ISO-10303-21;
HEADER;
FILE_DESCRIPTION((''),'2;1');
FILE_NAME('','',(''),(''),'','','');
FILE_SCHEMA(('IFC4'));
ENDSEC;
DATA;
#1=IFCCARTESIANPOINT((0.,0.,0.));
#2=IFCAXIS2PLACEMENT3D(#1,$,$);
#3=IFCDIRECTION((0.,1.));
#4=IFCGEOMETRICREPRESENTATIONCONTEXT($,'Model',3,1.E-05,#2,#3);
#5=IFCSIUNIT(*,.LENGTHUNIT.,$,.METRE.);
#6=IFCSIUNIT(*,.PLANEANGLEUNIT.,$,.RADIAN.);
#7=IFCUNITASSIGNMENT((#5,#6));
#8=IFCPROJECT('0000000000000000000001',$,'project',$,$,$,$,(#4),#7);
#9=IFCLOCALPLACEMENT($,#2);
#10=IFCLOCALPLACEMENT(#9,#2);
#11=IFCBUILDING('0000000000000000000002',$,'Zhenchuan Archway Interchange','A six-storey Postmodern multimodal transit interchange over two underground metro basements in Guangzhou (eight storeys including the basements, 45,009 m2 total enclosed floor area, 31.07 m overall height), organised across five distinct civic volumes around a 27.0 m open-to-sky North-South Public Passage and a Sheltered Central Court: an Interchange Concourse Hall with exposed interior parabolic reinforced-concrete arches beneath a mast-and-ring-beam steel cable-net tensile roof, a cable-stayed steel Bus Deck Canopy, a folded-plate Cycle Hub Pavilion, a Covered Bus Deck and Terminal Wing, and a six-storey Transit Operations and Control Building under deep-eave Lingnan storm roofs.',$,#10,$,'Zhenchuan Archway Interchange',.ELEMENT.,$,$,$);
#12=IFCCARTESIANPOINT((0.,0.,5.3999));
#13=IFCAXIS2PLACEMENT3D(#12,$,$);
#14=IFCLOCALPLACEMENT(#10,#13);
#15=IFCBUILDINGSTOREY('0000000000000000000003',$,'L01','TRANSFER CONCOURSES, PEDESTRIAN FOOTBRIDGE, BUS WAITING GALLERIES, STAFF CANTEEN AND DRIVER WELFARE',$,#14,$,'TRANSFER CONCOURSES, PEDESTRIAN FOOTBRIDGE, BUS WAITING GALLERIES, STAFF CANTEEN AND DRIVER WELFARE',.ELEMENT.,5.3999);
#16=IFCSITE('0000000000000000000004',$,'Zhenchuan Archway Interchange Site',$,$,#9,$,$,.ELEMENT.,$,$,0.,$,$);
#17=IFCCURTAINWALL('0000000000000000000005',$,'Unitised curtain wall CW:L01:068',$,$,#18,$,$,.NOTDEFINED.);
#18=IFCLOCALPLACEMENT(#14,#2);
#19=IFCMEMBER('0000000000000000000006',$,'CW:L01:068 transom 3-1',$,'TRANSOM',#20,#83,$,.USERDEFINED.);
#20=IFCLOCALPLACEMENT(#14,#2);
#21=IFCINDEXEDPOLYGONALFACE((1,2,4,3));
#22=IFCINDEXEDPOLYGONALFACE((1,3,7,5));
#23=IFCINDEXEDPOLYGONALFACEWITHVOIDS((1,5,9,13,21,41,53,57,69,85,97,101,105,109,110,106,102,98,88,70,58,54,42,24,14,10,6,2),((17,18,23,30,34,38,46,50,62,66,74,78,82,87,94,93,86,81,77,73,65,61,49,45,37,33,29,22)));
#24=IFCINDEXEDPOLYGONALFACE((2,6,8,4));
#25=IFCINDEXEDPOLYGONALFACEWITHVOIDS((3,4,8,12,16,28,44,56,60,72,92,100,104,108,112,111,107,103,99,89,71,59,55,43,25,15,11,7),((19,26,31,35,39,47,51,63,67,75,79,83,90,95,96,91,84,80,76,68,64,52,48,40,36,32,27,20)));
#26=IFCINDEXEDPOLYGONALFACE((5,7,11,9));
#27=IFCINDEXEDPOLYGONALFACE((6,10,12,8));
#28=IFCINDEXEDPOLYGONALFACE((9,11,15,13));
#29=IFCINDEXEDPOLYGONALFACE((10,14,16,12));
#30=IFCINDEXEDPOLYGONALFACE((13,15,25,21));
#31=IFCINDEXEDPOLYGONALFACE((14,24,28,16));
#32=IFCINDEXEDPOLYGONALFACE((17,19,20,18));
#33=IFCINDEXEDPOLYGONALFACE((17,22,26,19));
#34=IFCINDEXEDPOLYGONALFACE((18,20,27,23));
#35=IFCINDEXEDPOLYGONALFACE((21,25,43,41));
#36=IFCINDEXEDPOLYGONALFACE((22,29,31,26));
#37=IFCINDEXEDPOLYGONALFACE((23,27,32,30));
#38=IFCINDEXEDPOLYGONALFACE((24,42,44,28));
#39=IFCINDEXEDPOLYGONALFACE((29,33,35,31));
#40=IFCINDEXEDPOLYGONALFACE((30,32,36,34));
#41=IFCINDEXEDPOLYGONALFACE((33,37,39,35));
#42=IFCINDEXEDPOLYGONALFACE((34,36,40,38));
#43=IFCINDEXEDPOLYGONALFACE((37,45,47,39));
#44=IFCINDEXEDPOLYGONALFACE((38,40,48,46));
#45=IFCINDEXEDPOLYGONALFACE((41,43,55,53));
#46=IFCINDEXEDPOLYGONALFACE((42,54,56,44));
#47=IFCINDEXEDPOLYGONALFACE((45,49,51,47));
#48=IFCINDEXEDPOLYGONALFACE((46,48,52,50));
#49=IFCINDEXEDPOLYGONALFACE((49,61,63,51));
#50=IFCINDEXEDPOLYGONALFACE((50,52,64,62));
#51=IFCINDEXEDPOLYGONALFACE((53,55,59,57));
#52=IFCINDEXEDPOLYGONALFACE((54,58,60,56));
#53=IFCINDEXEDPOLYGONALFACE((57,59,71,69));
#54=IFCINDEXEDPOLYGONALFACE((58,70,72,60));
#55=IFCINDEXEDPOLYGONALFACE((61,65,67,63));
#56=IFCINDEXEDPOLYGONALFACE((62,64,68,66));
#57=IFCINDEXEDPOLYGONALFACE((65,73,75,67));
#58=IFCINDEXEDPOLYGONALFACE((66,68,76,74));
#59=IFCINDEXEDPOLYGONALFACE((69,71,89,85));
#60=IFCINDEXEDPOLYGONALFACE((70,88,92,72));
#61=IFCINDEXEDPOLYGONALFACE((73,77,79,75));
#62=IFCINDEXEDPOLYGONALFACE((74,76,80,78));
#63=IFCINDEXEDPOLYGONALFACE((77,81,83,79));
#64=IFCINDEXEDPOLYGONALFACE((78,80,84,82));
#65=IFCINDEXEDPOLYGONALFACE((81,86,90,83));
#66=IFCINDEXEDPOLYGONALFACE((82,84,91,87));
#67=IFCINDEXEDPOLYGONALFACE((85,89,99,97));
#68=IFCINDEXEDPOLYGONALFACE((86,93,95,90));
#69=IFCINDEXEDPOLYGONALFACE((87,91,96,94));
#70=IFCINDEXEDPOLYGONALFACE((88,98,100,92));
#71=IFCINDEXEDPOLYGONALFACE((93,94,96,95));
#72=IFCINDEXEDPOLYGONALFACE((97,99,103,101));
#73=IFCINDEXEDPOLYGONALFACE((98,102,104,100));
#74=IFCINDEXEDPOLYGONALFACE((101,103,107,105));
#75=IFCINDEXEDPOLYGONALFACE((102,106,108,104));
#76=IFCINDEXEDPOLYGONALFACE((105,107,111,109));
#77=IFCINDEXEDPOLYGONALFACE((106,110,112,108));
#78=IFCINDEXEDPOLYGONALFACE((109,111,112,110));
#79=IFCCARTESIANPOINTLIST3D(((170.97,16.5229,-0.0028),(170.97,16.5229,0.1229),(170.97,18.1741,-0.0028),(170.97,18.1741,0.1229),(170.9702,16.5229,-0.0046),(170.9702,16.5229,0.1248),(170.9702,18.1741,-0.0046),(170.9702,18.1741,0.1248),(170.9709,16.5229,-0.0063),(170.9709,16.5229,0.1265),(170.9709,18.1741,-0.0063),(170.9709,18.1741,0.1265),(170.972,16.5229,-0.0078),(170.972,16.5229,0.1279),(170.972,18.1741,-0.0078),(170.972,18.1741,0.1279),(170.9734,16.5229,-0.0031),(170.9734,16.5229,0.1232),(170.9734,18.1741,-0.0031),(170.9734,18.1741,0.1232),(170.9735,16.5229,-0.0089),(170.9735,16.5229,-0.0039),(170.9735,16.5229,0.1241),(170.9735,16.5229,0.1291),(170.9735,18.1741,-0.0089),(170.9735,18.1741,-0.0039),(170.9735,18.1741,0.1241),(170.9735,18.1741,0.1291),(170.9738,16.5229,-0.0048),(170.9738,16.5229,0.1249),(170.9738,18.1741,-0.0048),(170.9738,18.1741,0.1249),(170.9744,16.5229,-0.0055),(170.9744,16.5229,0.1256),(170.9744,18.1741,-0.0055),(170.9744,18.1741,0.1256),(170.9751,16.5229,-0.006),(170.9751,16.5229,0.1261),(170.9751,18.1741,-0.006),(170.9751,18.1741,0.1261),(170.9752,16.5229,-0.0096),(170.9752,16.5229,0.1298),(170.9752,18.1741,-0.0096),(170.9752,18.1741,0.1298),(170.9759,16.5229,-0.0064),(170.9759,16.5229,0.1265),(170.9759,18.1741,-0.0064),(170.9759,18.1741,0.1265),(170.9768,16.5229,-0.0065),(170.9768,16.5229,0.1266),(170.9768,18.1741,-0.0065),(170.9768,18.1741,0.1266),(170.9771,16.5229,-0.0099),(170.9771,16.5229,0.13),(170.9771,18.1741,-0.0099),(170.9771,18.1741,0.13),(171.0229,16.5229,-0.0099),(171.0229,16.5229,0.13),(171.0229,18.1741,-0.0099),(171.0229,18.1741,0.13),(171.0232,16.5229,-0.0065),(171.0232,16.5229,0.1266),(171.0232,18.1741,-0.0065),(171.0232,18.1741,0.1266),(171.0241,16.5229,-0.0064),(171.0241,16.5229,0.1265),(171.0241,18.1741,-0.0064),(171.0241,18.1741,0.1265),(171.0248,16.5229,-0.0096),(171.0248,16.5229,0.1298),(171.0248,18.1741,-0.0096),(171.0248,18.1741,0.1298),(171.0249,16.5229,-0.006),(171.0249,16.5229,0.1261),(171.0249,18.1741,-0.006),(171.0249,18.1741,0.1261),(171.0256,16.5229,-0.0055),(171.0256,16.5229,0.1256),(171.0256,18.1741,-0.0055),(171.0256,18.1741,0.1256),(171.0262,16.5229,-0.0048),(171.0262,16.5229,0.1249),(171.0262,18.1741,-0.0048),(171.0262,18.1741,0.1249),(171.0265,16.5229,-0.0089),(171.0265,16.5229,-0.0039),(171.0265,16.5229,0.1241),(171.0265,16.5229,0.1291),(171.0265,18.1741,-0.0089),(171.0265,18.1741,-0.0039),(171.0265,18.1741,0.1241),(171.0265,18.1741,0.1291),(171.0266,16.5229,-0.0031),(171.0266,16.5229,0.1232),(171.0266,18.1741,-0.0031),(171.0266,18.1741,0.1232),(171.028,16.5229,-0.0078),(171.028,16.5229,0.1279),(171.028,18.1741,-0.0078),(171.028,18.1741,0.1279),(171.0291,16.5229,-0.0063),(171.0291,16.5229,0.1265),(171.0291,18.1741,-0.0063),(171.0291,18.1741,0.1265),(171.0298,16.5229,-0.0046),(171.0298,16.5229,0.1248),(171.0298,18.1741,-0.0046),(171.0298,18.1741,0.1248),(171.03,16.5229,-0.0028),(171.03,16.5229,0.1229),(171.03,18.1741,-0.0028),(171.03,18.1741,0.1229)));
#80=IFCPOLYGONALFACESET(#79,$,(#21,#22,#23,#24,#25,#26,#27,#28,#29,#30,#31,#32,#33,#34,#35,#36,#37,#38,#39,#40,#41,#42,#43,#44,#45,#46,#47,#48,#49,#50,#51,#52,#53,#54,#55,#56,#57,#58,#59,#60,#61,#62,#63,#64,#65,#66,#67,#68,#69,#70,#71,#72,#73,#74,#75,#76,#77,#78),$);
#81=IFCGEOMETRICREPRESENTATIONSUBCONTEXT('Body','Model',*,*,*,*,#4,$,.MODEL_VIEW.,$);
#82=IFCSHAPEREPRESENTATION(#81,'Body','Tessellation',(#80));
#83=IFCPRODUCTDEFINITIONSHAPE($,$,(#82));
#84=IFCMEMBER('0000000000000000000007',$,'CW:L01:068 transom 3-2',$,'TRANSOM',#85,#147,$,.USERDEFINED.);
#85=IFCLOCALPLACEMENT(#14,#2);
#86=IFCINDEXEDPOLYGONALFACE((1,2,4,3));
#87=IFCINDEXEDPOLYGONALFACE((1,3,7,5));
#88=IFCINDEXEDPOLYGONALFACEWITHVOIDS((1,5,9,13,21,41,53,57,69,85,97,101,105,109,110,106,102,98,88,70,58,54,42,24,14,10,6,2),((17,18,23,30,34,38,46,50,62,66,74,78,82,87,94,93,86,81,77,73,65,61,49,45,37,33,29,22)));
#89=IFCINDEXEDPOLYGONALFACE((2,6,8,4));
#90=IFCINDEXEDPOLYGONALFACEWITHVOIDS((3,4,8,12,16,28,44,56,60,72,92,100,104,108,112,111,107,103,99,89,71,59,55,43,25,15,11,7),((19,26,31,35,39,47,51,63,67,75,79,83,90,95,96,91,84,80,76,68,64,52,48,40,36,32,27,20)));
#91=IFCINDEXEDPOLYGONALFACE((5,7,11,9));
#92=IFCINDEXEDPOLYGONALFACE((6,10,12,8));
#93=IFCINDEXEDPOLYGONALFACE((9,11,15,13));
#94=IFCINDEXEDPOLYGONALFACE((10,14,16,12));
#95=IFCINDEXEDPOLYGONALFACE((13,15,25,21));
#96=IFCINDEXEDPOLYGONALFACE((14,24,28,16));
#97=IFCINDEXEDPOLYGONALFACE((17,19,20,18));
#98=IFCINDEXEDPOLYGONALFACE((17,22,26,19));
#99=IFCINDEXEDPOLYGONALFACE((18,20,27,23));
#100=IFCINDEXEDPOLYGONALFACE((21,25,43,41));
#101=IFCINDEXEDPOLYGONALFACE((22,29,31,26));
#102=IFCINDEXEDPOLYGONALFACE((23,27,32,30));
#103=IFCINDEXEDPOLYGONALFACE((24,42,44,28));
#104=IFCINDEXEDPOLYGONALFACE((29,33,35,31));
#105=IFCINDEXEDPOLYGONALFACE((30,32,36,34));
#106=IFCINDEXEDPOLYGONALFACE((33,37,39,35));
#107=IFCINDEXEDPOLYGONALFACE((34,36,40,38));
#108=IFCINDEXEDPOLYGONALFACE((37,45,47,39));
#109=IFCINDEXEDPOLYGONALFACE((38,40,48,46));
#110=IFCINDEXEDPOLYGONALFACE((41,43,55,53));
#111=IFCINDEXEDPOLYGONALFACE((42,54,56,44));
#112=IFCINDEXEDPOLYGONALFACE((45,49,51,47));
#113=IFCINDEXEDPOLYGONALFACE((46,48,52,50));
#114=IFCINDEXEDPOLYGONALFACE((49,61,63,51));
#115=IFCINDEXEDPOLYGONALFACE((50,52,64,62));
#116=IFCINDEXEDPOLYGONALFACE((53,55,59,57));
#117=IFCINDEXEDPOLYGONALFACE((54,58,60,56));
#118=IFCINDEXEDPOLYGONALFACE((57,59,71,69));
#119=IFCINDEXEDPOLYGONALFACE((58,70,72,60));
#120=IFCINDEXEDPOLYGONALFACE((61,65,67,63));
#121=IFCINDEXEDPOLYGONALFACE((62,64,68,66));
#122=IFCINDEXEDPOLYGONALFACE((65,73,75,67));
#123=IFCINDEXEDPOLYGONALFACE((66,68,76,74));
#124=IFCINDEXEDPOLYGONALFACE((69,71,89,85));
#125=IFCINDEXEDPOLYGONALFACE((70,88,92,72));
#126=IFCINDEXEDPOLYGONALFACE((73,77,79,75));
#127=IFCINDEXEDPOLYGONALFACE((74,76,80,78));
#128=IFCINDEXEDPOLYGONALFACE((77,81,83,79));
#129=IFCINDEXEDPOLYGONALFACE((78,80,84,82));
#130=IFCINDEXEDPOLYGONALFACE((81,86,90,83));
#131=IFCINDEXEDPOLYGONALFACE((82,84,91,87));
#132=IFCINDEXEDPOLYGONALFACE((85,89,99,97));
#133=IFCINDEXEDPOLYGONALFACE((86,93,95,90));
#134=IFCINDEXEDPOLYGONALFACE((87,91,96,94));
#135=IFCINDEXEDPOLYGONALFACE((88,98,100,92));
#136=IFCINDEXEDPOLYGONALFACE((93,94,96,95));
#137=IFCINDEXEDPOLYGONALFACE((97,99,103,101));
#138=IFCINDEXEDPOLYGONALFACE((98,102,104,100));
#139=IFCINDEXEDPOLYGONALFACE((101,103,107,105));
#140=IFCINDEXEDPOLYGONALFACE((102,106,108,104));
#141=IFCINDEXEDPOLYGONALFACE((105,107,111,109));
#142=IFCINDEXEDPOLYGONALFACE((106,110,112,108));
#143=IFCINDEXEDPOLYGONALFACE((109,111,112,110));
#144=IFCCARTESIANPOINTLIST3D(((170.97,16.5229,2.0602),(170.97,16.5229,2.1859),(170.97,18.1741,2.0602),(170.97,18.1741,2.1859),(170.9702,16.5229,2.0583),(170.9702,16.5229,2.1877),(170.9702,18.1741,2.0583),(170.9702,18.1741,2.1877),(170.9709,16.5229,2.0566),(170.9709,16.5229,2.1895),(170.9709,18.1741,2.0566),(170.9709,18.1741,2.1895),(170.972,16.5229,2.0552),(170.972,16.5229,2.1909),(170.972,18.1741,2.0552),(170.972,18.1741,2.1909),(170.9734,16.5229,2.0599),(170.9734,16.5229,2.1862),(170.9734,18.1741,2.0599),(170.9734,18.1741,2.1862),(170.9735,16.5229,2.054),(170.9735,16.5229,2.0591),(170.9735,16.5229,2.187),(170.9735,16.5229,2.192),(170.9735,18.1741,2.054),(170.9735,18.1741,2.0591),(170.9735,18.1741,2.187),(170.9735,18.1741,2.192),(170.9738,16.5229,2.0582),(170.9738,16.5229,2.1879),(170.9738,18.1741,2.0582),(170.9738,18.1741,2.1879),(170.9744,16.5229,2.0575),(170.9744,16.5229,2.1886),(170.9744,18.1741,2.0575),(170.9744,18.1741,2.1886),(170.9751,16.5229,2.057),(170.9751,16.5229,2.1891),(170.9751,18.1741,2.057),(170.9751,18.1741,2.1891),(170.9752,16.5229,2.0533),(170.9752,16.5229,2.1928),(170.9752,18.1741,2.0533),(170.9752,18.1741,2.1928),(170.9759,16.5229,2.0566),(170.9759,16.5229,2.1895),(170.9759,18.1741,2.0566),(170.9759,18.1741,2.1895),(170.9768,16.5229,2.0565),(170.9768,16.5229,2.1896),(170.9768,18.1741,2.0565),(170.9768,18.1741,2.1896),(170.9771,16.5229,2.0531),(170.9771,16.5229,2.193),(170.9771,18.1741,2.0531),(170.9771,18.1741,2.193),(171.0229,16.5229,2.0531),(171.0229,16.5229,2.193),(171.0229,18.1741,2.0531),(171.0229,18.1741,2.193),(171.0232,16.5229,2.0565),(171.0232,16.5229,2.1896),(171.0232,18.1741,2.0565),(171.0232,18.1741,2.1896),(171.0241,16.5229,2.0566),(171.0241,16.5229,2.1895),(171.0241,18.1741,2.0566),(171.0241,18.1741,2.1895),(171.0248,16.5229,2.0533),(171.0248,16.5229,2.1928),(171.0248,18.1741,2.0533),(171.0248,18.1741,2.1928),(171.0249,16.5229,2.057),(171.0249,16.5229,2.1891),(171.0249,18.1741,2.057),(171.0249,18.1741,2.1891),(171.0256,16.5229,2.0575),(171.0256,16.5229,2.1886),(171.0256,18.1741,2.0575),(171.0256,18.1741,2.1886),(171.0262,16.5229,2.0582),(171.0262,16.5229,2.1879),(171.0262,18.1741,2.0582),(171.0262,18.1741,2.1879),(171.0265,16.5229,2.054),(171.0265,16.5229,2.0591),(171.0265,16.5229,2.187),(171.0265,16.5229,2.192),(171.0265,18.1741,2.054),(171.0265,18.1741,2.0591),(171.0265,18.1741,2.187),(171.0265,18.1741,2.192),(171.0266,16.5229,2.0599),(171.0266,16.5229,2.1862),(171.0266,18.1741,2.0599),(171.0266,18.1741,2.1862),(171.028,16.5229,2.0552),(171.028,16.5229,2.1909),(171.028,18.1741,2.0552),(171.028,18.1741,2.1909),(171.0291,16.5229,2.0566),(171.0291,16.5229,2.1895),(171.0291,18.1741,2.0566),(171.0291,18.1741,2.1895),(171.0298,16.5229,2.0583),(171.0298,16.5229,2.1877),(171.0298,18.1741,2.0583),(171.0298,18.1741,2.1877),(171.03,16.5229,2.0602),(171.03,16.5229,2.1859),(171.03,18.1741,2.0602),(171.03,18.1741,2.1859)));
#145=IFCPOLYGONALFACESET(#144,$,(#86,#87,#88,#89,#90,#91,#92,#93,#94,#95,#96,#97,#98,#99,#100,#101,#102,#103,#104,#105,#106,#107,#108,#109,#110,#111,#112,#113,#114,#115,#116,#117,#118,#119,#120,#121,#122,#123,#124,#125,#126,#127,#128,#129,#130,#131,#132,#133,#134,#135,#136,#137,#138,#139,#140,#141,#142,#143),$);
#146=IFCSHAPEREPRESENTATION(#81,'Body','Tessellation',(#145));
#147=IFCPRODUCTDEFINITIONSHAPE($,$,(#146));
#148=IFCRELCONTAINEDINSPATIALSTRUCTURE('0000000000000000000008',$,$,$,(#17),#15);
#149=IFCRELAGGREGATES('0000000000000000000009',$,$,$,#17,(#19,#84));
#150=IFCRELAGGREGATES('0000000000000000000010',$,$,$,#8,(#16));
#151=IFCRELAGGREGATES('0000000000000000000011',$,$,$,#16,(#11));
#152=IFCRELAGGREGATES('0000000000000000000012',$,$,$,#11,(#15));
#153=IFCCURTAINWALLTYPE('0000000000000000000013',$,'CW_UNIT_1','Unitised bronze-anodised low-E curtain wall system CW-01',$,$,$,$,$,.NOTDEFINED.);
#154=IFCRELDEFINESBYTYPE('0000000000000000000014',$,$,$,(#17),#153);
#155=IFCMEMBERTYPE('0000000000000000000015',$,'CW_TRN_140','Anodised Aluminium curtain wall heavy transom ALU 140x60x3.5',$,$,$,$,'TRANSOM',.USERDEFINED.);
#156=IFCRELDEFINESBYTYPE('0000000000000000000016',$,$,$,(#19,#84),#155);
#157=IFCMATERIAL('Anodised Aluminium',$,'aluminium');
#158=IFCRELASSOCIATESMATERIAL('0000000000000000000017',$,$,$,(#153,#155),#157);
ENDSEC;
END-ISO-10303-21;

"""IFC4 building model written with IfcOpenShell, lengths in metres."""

from ifc_helpers import new_model, si_unit, direction, frame, origin, origin_2d, place, context, subcontext, project, spatial, hollow_rectangle, extrude, material, material_profile, profile_set, type_object, element, aggregate, save


model = new_model("IFC4")

# Units and contexts
model_context = context("Model", 3, precision=1e-05, world=origin(), true_north=direction((0.0, 1.0)))
body_context = subcontext(model_context, "Body", "Model", "MODEL_VIEW")
ifc_project = project(units=[si_unit("LENGTHUNIT", "METRE"), si_unit("PLANEANGLEUNIT", "RADIAN")], contexts=[model_context])

# Site, building, storey
site_placement = place(None, origin())
site = spatial("IfcSite", under=ifc_project, at=site_placement, Name="Zhenchuan Archway Interchange Site", CompositionType="ELEMENT", RefElevation=0.0)
building_placement = place(site_placement, origin())
building = spatial("IfcBuilding", under=site, at=building_placement, Name="Zhenchuan Archway Interchange", Description="A six-storey Postmodern multimodal transit interchange over two underground metro basements in Guangzhou (eight storeys including the basements, 45,009 m2 total enclosed floor area, 31.07 m overall height), organised across five distinct civic volumes around a 27.0 m open-to-sky North-South Public Passage and a Sheltered Central Court: an Interchange Concourse Hall with exposed interior parabolic reinforced-concrete arches beneath a mast-and-ring-beam steel cable-net tensile roof, a cable-stayed steel Bus Deck Canopy, a folded-plate Cycle Hub Pavilion, a Covered Bus Deck and Terminal Wing, and a six-storey Transit Operations and Control Building under deep-eave Lingnan storm roofs.", LongName="Zhenchuan Archway Interchange", CompositionType="ELEMENT")
storey_placement = place(building_placement, frame((0.0, 0.0, 5.3999)))
storey = spatial("IfcBuildingStorey", under=building, at=storey_placement, Name="L01", Description="TRANSFER CONCOURSES, PEDESTRIAN FOOTBRIDGE, BUS WAITING GALLERIES, STAFF CANTEEN AND DRIVER WELFARE", LongName="TRANSFER CONCOURSES, PEDESTRIAN FOOTBRIDGE, BUS WAITING GALLERIES, STAFF CANTEEN AND DRIVER WELFARE", CompositionType="ELEMENT", Elevation=5.3999)

# Curtain wall, members
ifc_material_1 = material(Name="Anodised Aluminium", Category="aluminium")
curtain_wall_type = type_object("IfcCurtainWallType", Name="CW_UNIT_1", Description="Unitised bronze-anodised low-E curtain wall system CW-01", PredefinedType="NOTDEFINED", material=ifc_material_1)
curtain_wall_placement = place(storey_placement, origin())
curtain_wall = element("IfcCurtainWall", 1, at=curtain_wall_placement, inside=storey, type_object=curtain_wall_type, Name="Unitised curtain wall CW:L01:068", PredefinedType="NOTDEFINED")
ifc_material_profile_1 = material_profile(ifc_material_1, hollow_rectangle(XDim=0.0601, YDim=0.1399, WallThickness=0.0034, InnerFilletRadius=0.0034, OuterFilletRadius=0.0071, at=origin_2d()), Name="ALU 140x60x3.5")
ifc_profile_set_1 = profile_set([ifc_material_profile_1], Name="Anodised Aluminium")
member_type_1 = type_object("IfcMemberType", Name="CW_TRN_140", Description="Anodised Aluminium curtain wall heavy transom ALU 140x60x3.5", ElementType="TRANSOM", PredefinedType="USERDEFINED", material=ifc_profile_set_1)
member_1_placement = place(storey_placement, frame((171.0, 18.1741, 0.0601), z_axis=(0.0, -1.0, 0.0), x_axis=(1.0, 0.0, 0.0)))
member_1 = element("IfcMember", 2, at=member_1_placement, type_object=member_type_1, Name="CW:L01:068 transom 3-1", ObjectType="TRANSOM", PredefinedType="USERDEFINED", context=body_context, shape_type="SweptSolid", body=[
    extrude(hollow_rectangle(XDim=0.0601, YDim=0.1399, WallThickness=0.0034, InnerFilletRadius=0.0034, OuterFilletRadius=0.0071, at=origin_2d()), origin(), (0.0, 0.0, 1.0), 1.6511),
])
member_2_placement = place(storey_placement, frame((171.0, 18.1741, 2.123), z_axis=(0.0, -1.0, 0.0), x_axis=(1.0, 0.0, 0.0)))
member_2 = element("IfcMember", 3, at=member_2_placement, type_object=member_type_1, Name="CW:L01:068 transom 3-2", ObjectType="TRANSOM", PredefinedType="USERDEFINED", context=body_context, shape_type="SweptSolid", body=[
    extrude(hollow_rectangle(XDim=0.0601, YDim=0.1399, WallThickness=0.0034, InnerFilletRadius=0.0034, OuterFilletRadius=0.0071, at=origin_2d()), origin(), (0.0, 0.0, 1.0), 1.6511),
])

aggregate(curtain_wall, [member_1, member_2])

save(model, "model.ifc")
